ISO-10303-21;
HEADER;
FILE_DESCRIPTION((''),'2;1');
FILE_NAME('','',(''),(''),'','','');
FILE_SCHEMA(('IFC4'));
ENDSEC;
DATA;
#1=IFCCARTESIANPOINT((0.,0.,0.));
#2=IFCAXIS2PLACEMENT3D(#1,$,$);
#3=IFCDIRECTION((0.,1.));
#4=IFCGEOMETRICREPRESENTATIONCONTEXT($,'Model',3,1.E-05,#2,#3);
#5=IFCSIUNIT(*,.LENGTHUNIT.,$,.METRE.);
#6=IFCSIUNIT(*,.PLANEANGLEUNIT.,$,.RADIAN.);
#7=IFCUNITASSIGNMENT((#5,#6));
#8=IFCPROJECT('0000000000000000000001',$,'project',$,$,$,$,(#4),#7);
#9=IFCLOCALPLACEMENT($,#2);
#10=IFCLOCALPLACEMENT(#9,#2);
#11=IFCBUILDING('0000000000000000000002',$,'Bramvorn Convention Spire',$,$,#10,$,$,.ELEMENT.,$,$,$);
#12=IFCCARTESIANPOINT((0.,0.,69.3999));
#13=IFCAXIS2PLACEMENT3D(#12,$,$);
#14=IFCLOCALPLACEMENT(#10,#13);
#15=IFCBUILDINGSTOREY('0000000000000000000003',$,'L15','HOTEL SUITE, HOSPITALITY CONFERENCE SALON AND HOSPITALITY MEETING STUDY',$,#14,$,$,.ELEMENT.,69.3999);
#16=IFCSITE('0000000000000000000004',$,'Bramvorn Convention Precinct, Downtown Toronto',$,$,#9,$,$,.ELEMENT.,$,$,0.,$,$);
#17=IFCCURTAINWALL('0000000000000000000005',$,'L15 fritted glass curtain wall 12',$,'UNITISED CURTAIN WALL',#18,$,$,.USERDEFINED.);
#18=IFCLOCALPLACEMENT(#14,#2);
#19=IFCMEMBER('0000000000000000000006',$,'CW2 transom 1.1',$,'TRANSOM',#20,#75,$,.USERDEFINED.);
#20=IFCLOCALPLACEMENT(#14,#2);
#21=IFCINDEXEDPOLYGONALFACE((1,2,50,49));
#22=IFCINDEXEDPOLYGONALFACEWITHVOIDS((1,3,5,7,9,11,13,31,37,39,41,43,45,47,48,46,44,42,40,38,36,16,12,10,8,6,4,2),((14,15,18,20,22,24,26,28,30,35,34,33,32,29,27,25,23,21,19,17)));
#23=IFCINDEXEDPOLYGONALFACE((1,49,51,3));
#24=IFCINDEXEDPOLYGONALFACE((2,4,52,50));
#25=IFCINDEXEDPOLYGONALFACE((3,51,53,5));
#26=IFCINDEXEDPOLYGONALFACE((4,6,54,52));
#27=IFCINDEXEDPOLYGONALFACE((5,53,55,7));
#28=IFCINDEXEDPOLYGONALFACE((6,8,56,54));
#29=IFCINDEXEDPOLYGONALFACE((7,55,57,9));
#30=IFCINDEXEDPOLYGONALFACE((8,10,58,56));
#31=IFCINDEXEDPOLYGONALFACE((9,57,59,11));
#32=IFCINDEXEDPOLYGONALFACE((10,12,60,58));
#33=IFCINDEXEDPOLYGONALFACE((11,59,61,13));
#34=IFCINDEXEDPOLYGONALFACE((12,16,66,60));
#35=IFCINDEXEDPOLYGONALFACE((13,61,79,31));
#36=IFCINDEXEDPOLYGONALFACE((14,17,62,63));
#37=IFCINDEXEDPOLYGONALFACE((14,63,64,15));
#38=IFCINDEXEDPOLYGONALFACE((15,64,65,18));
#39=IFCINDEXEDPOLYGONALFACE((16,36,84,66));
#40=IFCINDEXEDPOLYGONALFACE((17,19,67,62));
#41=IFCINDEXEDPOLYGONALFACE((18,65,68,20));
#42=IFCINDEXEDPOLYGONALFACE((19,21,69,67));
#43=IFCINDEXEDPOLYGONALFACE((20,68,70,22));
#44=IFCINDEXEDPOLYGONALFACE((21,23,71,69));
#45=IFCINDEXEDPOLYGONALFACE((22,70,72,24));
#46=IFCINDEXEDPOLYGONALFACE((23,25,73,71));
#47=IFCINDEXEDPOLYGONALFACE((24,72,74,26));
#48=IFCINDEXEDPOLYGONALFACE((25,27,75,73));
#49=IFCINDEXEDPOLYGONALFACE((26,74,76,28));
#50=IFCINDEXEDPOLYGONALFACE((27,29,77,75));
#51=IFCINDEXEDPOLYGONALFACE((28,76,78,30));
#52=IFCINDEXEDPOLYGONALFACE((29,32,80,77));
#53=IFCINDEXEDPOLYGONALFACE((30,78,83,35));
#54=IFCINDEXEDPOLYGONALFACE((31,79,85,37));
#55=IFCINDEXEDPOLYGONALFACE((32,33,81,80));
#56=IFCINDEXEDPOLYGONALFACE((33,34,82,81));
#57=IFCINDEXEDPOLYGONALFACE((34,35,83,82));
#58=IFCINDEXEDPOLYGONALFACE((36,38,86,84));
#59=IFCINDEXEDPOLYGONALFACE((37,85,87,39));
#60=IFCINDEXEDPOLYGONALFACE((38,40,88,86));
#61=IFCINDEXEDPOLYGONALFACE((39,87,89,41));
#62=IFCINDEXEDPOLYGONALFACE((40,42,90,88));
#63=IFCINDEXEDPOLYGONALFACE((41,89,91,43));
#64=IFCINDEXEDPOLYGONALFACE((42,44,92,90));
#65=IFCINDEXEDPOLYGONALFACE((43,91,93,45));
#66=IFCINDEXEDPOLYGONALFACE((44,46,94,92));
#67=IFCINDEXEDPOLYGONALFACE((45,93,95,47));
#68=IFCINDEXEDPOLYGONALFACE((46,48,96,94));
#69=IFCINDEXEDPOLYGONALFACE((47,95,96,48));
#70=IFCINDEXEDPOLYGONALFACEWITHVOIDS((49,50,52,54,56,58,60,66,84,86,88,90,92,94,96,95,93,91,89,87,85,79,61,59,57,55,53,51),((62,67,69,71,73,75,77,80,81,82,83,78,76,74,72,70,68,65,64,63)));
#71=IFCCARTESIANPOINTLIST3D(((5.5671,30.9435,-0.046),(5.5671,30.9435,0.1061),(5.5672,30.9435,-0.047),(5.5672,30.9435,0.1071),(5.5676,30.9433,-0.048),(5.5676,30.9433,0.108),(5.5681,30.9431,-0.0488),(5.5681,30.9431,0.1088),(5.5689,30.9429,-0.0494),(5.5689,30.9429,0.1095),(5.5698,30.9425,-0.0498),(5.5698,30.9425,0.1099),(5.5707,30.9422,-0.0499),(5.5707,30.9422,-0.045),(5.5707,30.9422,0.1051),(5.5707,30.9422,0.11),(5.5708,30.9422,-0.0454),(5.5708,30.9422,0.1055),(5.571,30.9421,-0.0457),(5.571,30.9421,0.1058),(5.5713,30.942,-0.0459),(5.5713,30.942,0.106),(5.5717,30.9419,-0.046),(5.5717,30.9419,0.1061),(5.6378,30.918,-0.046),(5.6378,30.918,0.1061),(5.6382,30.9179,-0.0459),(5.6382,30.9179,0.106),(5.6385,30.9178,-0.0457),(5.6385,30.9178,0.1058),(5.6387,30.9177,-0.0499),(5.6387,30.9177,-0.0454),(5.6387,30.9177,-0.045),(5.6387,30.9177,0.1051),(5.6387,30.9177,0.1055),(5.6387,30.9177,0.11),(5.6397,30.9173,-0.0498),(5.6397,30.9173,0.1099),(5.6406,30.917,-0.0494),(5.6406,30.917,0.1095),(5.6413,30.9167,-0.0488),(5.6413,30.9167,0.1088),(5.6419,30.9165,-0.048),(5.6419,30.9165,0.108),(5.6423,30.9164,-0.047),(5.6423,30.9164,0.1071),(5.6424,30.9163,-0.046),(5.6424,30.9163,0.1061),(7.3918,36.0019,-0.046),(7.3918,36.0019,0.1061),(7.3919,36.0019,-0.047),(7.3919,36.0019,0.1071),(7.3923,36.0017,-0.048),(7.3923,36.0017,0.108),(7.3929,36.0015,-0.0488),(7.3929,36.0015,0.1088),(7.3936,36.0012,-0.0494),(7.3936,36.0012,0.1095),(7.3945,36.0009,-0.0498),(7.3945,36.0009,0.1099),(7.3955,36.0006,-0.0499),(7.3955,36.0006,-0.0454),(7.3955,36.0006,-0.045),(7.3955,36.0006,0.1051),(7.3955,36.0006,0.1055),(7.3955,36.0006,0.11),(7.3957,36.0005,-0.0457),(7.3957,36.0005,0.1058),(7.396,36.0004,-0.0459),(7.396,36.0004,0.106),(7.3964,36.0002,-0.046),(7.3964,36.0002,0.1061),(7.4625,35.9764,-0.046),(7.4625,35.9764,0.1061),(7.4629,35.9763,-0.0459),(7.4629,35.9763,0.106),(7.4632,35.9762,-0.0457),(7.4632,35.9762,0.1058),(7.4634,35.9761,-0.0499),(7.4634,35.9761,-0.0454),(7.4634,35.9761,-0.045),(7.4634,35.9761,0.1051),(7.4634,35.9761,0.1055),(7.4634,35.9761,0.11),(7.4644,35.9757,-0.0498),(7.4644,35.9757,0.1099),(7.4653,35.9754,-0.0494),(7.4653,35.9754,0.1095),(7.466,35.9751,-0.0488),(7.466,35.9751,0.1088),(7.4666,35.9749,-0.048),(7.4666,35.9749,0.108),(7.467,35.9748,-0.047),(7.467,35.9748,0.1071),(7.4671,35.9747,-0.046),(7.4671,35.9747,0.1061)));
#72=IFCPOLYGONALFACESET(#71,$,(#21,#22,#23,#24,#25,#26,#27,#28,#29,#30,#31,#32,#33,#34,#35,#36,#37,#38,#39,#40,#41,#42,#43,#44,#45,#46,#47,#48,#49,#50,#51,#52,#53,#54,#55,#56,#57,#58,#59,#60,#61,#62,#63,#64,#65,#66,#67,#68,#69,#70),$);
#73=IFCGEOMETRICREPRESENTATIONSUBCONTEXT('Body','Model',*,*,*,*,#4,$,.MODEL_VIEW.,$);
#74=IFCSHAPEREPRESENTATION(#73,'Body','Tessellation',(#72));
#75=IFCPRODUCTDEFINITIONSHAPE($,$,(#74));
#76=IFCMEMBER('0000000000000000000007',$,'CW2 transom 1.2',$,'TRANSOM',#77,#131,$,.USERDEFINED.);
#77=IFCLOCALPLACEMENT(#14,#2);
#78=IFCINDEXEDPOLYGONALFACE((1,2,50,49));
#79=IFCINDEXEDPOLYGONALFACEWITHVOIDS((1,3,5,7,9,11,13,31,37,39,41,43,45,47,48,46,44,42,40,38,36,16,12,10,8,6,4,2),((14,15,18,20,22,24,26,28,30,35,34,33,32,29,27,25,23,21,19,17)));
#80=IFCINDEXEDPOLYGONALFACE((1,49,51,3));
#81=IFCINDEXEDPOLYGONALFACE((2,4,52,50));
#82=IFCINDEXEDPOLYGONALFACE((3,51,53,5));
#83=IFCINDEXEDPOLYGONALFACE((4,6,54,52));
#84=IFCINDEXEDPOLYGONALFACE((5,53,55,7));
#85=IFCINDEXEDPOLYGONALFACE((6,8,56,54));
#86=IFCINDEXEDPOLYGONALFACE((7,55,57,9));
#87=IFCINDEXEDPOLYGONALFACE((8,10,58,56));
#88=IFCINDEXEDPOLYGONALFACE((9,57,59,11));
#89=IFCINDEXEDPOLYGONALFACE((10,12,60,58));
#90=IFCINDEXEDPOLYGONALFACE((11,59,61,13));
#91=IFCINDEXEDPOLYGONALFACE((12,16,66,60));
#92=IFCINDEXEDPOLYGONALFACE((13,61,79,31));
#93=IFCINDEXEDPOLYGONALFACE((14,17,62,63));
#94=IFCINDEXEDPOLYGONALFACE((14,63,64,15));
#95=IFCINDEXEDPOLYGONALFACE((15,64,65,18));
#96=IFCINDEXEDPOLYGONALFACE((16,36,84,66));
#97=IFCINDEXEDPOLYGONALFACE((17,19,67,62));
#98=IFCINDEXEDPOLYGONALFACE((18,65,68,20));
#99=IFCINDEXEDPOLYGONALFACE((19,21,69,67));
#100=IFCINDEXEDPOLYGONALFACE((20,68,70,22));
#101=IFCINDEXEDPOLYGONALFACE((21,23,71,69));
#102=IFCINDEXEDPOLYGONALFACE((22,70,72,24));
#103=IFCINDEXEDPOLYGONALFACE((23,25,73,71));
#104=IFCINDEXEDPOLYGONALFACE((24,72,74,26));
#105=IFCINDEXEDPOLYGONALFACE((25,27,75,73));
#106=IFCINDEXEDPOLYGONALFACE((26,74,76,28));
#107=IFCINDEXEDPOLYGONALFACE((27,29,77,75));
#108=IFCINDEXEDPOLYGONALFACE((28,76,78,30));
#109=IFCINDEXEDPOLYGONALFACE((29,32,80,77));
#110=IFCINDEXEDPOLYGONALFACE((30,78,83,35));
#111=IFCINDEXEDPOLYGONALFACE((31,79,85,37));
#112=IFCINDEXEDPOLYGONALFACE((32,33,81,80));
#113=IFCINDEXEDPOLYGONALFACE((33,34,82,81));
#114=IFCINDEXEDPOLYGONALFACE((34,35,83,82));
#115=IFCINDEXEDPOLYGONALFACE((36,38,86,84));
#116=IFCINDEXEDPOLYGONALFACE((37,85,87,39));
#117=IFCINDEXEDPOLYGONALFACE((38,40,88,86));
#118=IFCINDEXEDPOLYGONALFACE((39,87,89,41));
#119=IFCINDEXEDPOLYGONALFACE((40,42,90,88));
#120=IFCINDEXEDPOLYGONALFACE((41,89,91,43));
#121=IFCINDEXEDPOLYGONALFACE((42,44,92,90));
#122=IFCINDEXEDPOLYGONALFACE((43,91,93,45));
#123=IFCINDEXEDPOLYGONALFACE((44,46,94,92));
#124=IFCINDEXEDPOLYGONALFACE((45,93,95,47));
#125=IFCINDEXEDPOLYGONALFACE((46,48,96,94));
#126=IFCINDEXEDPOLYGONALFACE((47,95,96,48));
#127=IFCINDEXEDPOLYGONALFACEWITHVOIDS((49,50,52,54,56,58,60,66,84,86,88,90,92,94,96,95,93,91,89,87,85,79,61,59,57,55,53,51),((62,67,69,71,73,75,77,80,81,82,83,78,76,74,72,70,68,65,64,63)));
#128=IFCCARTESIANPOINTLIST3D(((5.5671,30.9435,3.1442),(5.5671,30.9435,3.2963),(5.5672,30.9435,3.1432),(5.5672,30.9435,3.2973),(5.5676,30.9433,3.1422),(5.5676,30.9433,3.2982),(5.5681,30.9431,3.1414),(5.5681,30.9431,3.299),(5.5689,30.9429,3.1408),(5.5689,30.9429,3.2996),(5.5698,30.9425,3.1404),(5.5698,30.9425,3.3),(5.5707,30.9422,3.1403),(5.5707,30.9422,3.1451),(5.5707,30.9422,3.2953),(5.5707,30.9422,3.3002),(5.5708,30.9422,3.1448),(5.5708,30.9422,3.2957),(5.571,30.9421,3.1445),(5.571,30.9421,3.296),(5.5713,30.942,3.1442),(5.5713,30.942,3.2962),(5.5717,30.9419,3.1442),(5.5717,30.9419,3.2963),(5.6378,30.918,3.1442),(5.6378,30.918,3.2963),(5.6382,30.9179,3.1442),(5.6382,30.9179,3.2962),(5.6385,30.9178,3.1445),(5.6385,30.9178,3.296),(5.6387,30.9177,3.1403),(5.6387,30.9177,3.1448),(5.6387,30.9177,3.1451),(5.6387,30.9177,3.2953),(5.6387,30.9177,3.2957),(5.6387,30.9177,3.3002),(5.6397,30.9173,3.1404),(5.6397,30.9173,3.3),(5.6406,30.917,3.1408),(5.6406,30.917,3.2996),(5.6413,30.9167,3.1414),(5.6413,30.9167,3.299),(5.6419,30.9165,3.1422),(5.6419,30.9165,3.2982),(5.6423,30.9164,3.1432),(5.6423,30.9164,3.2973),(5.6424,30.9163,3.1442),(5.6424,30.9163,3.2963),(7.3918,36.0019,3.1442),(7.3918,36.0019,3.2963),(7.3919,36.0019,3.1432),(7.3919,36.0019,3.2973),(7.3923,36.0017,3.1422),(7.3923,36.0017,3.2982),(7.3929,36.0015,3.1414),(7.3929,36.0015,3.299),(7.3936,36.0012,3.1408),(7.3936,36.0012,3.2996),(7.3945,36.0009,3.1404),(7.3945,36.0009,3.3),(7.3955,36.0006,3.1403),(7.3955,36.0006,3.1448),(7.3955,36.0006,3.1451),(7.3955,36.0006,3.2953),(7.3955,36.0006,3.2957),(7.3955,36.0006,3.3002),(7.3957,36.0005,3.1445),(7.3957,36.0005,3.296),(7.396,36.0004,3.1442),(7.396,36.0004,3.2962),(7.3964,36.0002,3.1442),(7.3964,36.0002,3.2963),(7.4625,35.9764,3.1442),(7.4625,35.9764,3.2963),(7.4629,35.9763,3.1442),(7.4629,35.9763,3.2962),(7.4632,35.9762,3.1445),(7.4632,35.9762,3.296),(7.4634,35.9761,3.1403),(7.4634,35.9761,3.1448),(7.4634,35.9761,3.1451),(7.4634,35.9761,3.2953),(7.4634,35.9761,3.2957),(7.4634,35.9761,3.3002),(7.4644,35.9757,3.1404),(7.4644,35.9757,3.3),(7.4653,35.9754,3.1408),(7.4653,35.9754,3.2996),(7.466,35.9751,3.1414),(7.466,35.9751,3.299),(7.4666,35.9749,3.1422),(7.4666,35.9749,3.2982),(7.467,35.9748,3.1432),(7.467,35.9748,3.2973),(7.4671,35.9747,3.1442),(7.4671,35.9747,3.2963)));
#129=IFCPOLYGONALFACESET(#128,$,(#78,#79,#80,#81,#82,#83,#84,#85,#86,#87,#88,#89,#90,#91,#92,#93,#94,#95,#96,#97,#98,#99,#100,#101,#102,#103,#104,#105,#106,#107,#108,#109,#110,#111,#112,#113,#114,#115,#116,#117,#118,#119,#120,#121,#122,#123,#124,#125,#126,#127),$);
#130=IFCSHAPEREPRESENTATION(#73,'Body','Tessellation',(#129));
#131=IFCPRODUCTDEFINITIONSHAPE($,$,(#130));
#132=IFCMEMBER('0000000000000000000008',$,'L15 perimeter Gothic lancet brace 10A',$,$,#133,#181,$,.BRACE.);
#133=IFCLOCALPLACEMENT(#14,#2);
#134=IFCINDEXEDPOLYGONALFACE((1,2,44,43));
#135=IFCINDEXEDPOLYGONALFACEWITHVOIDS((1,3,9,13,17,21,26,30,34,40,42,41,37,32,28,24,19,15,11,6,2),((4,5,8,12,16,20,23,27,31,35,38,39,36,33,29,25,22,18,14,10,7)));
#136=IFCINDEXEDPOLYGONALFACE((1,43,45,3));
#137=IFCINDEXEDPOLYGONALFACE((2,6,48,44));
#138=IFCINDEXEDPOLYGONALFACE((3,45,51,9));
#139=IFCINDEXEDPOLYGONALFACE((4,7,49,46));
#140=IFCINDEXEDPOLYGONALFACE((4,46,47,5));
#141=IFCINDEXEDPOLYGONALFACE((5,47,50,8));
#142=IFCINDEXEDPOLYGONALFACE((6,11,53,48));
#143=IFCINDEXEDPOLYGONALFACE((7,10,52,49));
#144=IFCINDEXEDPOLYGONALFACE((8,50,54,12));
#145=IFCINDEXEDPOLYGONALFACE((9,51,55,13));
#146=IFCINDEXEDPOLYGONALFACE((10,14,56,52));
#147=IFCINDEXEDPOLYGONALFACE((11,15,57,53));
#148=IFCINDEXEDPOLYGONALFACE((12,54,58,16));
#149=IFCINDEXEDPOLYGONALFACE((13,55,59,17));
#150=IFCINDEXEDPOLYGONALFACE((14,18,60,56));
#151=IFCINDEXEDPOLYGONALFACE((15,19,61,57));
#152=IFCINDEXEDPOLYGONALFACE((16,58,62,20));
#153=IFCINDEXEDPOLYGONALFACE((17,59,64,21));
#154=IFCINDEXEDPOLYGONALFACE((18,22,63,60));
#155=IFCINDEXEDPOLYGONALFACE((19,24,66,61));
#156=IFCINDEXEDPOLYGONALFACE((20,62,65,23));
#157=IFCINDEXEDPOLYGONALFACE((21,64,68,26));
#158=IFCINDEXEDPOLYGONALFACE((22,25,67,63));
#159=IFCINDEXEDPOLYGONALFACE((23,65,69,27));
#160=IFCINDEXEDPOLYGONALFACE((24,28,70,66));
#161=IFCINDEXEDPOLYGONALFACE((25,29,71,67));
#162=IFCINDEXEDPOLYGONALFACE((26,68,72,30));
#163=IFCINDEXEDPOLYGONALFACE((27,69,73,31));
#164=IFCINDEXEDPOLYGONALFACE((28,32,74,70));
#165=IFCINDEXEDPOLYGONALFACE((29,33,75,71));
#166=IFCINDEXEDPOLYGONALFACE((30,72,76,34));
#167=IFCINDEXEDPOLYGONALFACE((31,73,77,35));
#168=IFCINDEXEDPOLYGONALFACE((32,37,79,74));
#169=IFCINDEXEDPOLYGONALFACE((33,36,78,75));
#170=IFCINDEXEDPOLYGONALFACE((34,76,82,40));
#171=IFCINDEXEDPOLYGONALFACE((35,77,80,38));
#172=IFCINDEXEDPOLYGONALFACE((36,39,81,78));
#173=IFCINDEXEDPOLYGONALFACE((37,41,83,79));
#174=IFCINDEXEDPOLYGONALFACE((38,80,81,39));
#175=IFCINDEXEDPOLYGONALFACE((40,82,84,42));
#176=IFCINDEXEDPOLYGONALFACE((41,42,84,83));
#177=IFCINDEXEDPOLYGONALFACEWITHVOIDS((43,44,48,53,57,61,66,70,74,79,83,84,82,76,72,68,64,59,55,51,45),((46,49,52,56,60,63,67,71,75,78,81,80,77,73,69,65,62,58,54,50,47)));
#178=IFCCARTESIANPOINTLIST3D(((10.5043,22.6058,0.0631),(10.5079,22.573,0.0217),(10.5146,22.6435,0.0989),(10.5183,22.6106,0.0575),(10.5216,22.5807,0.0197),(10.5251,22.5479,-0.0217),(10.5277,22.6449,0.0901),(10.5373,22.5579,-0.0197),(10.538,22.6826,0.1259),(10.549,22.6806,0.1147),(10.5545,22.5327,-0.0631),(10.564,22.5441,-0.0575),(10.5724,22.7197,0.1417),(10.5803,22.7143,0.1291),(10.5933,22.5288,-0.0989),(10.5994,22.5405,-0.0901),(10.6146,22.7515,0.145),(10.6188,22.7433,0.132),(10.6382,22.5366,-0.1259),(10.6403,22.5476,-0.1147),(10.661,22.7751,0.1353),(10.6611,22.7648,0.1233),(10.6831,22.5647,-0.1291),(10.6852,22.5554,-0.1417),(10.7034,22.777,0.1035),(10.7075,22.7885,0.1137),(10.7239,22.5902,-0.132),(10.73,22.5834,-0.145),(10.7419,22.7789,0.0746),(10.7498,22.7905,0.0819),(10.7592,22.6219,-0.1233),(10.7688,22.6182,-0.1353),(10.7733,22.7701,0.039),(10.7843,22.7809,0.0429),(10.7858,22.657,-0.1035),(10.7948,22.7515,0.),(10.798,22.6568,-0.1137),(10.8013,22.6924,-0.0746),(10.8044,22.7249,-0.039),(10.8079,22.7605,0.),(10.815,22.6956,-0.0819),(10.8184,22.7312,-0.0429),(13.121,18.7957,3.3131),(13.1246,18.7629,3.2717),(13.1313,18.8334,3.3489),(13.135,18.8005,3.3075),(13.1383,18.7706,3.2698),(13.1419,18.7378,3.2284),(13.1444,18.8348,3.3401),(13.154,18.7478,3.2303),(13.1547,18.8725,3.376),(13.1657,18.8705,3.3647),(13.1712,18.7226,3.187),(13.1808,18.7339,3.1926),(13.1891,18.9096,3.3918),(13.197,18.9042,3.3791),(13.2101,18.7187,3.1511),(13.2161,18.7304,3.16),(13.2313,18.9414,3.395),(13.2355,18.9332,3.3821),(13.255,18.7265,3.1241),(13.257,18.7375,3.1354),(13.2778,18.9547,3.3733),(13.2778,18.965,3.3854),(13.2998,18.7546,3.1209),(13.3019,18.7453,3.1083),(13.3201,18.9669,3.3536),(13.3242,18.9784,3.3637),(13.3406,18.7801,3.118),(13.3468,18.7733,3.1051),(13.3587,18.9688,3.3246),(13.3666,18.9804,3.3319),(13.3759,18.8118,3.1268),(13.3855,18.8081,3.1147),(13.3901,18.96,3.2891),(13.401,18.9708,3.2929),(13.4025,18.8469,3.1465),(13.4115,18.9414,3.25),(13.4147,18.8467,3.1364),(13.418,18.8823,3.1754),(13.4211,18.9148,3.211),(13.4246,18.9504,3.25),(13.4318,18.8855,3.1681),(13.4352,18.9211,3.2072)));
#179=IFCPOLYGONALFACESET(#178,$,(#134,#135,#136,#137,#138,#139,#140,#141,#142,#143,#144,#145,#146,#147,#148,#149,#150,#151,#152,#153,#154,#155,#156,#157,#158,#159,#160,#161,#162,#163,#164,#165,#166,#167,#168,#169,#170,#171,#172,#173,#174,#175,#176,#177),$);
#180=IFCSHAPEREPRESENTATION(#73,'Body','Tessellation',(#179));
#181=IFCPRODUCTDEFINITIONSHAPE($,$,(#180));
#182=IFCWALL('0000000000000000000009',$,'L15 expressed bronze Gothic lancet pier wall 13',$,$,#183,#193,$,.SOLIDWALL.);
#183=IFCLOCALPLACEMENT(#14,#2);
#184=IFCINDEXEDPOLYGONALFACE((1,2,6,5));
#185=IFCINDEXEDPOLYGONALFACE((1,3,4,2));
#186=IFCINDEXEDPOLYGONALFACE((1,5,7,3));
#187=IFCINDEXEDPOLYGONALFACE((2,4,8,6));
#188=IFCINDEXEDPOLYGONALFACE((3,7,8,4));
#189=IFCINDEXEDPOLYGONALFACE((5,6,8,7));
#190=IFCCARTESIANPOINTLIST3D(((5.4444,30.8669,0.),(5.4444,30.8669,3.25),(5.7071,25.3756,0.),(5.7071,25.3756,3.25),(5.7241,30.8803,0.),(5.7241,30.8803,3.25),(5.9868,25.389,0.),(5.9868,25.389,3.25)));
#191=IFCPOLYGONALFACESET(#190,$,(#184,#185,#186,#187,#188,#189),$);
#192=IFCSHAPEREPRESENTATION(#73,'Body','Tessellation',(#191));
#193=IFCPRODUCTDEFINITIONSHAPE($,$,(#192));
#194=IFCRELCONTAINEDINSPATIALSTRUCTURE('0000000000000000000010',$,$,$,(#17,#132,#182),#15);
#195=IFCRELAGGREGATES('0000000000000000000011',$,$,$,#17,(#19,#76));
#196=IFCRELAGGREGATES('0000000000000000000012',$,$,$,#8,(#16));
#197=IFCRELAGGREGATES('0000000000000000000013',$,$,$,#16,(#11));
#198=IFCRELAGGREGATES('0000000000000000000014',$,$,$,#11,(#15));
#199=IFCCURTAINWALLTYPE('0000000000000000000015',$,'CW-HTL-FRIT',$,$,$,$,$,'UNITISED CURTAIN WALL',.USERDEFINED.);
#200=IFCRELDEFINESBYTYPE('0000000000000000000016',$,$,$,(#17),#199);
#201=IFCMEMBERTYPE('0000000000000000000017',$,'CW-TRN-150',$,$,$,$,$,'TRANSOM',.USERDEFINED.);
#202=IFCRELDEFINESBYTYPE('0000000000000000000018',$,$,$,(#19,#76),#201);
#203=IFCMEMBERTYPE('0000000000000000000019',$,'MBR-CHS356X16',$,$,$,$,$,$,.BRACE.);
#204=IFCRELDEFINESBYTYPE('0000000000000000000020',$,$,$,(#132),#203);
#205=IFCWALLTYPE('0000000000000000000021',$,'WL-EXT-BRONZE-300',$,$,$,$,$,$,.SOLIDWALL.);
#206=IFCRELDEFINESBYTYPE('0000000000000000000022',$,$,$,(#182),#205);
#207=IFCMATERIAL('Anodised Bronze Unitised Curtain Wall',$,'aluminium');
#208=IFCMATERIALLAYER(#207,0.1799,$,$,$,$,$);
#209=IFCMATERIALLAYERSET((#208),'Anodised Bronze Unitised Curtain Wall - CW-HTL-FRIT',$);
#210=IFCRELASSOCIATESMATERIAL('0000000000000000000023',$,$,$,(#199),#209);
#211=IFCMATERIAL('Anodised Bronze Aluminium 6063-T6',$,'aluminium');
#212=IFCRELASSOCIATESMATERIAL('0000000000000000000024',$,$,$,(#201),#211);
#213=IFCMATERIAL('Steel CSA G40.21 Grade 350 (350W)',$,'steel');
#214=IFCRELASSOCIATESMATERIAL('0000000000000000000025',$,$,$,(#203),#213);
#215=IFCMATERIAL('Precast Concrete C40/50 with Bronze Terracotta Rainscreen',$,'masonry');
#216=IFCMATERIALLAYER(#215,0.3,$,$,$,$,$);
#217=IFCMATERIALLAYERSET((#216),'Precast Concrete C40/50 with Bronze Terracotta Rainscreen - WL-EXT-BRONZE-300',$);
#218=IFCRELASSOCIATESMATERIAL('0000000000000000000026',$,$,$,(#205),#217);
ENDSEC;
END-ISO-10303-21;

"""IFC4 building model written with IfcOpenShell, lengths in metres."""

from ifc_helpers import new_model, si_unit, direction, frame, frame_2d, origin, origin_2d, place, context, subcontext, project, spatial, rectangle, hollow_rectangle, hollow_circle, extrude, material, layer, layer_set, material_profile, profile_set, type_object, element, aggregate, save


model = new_model("IFC4")

# Units and contexts
model_context = context("Model", 3, precision=1e-05, world=origin(), true_north=direction((0.0, 1.0)))
body_context = subcontext(model_context, "Body", "Model", "MODEL_VIEW")
ifc_project = project(units=[si_unit("LENGTHUNIT", "METRE"), si_unit("PLANEANGLEUNIT", "RADIAN")], contexts=[model_context])

# Site, building, storey
site_placement = place(None, origin())
site = spatial("IfcSite", under=ifc_project, at=site_placement, Name="Bramvorn Convention Precinct, Downtown Toronto", CompositionType="ELEMENT", RefElevation=0.0)
building_placement = place(site_placement, origin())
building = spatial("IfcBuilding", under=site, at=building_placement, Name="Bramvorn Convention Spire", CompositionType="ELEMENT")
storey_placement = place(building_placement, frame((0.0, 0.0, 69.3999)))
storey = spatial("IfcBuildingStorey", under=building, at=storey_placement, Name="L15", Description="HOTEL SUITE, HOSPITALITY CONFERENCE SALON AND HOSPITALITY MEETING STUDY", CompositionType="ELEMENT", Elevation=69.3999)

# Shared definitions
ifc_material_1 = material(Name="Steel CSA G40.21 Grade 350 (350W)", Category="steel")

# Curtain wall, members
ifc_material_2 = material(Name="Anodised Bronze Unitised Curtain Wall", Category="aluminium")
ifc_layer_1 = layer(ifc_material_2, 0.1799)
ifc_layer_set_1 = layer_set([ifc_layer_1], Name="Anodised Bronze Unitised Curtain Wall - CW-HTL-FRIT")
curtain_wall_type = type_object("IfcCurtainWallType", Name="CW-HTL-FRIT", ElementType="UNITISED CURTAIN WALL", PredefinedType="USERDEFINED", material=ifc_layer_set_1)
curtain_wall_placement = place(storey_placement, origin())
curtain_wall = element("IfcCurtainWall", 1, at=curtain_wall_placement, inside=storey, type_object=curtain_wall_type, Name="L15 fritted glass curtain wall 12", ObjectType="UNITISED CURTAIN WALL", PredefinedType="USERDEFINED")
ifc_material_3 = material(Name="Anodised Bronze Aluminium 6063-T6", Category="aluminium")
ifc_material_profile_1 = material_profile(ifc_material_3, hollow_rectangle(XDim=0.0801, YDim=0.1599, WallThickness=0.0039, InnerFilletRadius=0.001, OuterFilletRadius=0.0039, at=origin_2d()))
ifc_profile_set_1 = profile_set([ifc_material_profile_1], Name="Anodised Bronze Aluminium 6063-T6 - CWT80X160")
member_type_1 = type_object("IfcMemberType", Name="CW-TRN-150", ElementType="TRANSOM", PredefinedType="USERDEFINED", material=ifc_profile_set_1)
member_1_placement = place(storey_placement, frame((5.6047, 30.9299, 0.03), z_axis=(0.339329, 0.940668, 0.0), x_axis=(-0.940668, 0.339329, 0.0)))
member_1 = element("IfcMember", 2, at=member_1_placement, type_object=member_type_1, Name="CW2 transom 1.1", ObjectType="TRANSOM", PredefinedType="USERDEFINED", context=body_context, shape_type="SweptSolid", body=[
    extrude(hollow_rectangle(XDim=0.0801, YDim=0.1599, WallThickness=0.0039, InnerFilletRadius=0.001, OuterFilletRadius=0.0039, at=origin_2d()), origin(), (0.0, 0.0, 1.0), 5.3774),
])
member_2_placement = place(storey_placement, frame((5.6047, 30.9299, 3.2202), z_axis=(0.339329, 0.940668, 0.0), x_axis=(-0.940668, 0.339329, 0.0)))
member_2 = element("IfcMember", 3, at=member_2_placement, type_object=member_type_1, Name="CW2 transom 1.2", ObjectType="TRANSOM", PredefinedType="USERDEFINED", context=body_context, shape_type="SweptSolid", body=[
    extrude(hollow_rectangle(XDim=0.0801, YDim=0.1599, WallThickness=0.0039, InnerFilletRadius=0.001, OuterFilletRadius=0.0039, at=origin_2d()), origin(), (0.0, 0.0, 1.0), 5.3774),
])
aggregate(curtain_wall, [member_1, member_2])

# Member
ifc_material_profile_2 = material_profile(ifc_material_1, hollow_circle(Radius=0.1777, WallThickness=0.0159, at=origin_2d()))
ifc_profile_set_2 = profile_set([ifc_material_profile_2], Name="Steel CSA G40.21 Grade 350 (350W) - CHS356X16")
member_type_2 = type_object("IfcMemberType", Name="MBR-CHS356X16", PredefinedType="BRACE", material=ifc_profile_set_2)
member_3_placement = place(storey_placement, frame((10.6614, 22.6599, 0.0), z_axis=(0.463106, -0.674308, 0.575188), x_axis=(0.824316, 0.56613, 0.0)))
element("IfcMember", 4, at=member_3_placement, inside=storey, type_object=member_type_2, Name="L15 perimeter Gothic lancet brace 10A", PredefinedType="BRACE", context=body_context, shape_type="SweptSolid", body=[
    extrude(hollow_circle(Radius=0.1777, WallThickness=0.0159, at=origin_2d()), origin(), (0.0, 0.0, 1.0), 5.6504),
])

# Wall
ifc_material_4 = material(Name="Precast Concrete C40/50 with Bronze Terracotta Rainscreen", Category="masonry")
ifc_layer_2 = layer(ifc_material_4, 0.3)
ifc_layer_set_2 = layer_set([ifc_layer_2], Name="Precast Concrete C40/50 with Bronze Terracotta Rainscreen - WL-EXT-BRONZE-300")
wall_type_1 = type_object("IfcWallType", Name="WL-EXT-BRONZE-300", PredefinedType="SOLIDWALL", material=ifc_layer_set_2)
wall_1_placement = place(storey_placement, frame((5.8469, 25.3823, 0.0), z_axis=(0.0, 0.0, 1.0), x_axis=(-0.047785, 0.998858, 0.0)))
element("IfcWall", 5, at=wall_1_placement, inside=storey, type_object=wall_type_1, Name="L15 expressed bronze Gothic lancet pier wall 13", PredefinedType="SOLIDWALL", context=body_context, shape_type="SweptSolid", body=[
    extrude(rectangle(XDim=5.4976, YDim=0.28, at=frame_2d((2.7488, 0.0))), origin(), (0.0, 0.0, 1.0), 3.25),
])

save(model, "model.ifc")
